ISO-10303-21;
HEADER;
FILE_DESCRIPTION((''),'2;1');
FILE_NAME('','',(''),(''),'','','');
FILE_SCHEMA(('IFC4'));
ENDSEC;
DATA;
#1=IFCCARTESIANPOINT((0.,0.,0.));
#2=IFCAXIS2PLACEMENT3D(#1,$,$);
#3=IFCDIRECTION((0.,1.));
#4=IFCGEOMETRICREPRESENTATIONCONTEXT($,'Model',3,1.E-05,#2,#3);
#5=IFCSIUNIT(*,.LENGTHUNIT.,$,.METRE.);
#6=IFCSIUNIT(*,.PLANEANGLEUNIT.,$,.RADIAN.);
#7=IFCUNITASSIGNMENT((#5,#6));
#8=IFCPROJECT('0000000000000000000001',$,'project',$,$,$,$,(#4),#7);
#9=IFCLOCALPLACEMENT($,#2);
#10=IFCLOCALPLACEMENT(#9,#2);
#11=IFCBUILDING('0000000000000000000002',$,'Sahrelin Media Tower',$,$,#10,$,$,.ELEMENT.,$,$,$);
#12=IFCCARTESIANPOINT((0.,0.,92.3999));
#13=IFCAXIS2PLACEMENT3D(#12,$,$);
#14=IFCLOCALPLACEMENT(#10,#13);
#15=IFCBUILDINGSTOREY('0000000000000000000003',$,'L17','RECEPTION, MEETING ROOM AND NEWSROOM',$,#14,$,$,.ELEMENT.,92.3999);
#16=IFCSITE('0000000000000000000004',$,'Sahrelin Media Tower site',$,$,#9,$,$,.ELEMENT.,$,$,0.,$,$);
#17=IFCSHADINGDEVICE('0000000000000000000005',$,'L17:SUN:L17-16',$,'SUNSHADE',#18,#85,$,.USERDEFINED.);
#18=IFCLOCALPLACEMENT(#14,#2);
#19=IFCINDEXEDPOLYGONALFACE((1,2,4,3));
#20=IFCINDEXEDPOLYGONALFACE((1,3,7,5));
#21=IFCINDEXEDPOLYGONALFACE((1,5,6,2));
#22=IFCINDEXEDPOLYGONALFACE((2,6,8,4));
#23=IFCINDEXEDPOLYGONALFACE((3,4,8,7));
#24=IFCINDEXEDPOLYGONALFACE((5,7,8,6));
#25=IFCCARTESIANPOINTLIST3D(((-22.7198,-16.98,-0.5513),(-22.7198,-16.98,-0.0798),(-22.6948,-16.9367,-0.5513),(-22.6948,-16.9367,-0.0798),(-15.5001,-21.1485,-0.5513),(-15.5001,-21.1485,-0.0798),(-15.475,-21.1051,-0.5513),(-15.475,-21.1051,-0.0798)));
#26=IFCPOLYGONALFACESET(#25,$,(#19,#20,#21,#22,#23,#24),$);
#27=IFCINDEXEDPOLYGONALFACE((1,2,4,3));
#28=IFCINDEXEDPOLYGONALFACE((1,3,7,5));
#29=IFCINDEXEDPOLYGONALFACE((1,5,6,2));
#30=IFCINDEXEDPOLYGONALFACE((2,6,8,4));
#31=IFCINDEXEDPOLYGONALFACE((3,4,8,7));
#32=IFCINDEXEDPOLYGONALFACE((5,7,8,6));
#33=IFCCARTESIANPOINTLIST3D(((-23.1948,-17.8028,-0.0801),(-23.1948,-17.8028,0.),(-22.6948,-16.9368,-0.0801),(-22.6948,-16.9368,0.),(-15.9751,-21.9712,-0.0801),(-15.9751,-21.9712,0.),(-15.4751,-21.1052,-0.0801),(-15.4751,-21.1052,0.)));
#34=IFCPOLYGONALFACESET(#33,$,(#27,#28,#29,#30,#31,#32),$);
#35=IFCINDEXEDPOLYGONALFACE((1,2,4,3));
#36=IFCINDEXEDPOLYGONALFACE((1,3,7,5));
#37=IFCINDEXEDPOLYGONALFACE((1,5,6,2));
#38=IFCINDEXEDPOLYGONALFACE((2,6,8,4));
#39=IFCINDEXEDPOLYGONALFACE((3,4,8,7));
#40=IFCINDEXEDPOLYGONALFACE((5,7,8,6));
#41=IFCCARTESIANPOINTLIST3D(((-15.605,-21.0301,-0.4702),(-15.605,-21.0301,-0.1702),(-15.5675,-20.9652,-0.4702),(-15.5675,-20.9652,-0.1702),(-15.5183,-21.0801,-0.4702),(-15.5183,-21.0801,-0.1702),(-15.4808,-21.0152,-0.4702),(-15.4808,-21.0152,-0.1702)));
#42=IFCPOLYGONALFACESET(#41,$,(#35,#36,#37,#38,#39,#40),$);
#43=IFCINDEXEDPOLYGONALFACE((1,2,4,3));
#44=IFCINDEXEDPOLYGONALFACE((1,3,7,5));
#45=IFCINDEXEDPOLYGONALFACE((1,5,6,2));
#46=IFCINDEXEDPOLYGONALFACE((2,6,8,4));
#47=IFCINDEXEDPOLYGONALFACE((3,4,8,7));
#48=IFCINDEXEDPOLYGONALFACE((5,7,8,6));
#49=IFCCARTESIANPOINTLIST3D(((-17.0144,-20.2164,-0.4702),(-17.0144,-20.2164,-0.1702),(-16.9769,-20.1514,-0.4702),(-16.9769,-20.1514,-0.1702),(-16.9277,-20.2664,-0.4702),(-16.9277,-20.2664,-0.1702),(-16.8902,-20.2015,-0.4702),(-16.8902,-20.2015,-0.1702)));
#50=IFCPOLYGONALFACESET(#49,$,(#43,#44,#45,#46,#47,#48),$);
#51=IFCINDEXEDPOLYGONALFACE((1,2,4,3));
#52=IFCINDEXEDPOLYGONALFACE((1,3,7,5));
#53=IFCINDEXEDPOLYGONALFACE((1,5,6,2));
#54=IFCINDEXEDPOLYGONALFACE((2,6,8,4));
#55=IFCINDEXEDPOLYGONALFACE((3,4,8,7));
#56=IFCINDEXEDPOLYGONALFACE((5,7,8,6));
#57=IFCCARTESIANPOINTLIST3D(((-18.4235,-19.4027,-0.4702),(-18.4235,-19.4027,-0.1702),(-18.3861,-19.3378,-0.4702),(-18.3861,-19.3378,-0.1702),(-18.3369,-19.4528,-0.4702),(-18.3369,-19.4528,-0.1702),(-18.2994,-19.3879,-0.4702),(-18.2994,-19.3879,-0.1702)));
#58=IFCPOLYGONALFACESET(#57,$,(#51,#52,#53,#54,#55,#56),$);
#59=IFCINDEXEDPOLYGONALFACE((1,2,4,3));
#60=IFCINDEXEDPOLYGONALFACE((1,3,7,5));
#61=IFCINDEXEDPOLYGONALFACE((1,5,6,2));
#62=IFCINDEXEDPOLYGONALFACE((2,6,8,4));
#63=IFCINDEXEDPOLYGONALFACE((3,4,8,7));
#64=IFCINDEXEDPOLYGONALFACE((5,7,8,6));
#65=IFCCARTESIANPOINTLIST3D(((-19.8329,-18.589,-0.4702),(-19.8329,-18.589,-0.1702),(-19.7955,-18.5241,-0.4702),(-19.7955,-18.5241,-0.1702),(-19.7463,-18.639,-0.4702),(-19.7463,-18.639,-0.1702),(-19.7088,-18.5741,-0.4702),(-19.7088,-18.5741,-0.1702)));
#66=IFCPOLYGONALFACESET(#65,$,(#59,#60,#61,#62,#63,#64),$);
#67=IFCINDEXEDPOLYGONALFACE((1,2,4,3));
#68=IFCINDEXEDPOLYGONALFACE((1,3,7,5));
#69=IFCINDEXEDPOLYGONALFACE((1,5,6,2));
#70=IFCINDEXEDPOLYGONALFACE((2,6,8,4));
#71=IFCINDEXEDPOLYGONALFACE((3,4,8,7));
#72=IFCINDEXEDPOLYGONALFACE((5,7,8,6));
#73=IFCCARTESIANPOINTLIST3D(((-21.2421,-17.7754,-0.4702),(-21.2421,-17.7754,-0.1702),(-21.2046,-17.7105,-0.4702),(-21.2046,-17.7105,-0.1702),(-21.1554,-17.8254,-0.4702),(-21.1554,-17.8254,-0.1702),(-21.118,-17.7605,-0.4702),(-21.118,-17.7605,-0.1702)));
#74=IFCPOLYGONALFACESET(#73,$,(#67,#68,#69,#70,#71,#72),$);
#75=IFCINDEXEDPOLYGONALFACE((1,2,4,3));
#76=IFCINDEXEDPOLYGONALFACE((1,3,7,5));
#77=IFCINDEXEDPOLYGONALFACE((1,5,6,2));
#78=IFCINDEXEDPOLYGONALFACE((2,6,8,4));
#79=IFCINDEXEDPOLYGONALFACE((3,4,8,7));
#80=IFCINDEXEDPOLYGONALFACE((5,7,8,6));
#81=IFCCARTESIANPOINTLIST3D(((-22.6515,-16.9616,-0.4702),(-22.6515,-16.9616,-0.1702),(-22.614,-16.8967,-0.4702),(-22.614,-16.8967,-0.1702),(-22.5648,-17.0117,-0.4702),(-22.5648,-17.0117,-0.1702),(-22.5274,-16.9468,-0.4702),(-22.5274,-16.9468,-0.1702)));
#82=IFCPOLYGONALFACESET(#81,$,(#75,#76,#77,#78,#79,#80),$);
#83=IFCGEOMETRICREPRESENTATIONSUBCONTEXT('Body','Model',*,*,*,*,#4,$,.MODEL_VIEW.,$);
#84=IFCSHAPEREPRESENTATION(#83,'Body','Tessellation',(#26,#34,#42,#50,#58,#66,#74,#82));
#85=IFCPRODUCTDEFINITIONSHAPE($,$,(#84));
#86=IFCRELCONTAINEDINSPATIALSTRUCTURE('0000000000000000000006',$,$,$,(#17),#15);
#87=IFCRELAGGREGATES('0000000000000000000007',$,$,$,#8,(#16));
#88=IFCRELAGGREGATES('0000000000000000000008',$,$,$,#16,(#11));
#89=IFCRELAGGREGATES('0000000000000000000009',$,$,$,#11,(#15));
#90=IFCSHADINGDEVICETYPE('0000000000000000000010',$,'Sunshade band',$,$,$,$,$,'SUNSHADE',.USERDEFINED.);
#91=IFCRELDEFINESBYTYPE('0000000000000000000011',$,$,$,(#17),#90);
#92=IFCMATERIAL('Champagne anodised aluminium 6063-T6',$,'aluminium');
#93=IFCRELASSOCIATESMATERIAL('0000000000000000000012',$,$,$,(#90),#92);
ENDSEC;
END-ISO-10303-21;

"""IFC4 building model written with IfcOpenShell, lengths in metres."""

from ifc_helpers import new_model, si_unit, direction, frame, origin, origin_2d, place, context, subcontext, project, spatial, rectangle, extrude, material, type_object, element, save


model = new_model("IFC4")

# Units and contexts
model_context = context("Model", 3, precision=1e-05, world=origin(), true_north=direction((0.0, 1.0)))
body_context = subcontext(model_context, "Body", "Model", "MODEL_VIEW")
ifc_project = project(units=[si_unit("LENGTHUNIT", "METRE"), si_unit("PLANEANGLEUNIT", "RADIAN")], contexts=[model_context])

# Site, building, storey
site_placement = place(None, origin())
site = spatial("IfcSite", under=ifc_project, at=site_placement, Name="Sahrelin Media Tower site", CompositionType="ELEMENT", RefElevation=0.0)
building_placement = place(site_placement, origin())
building = spatial("IfcBuilding", under=site, at=building_placement, Name="Sahrelin Media Tower", CompositionType="ELEMENT")
storey_placement = place(building_placement, frame((0.0, 0.0, 92.3999)))
storey = spatial("IfcBuildingStorey", under=building, at=storey_placement, Name="L17", Description="RECEPTION, MEETING ROOM AND NEWSROOM", CompositionType="ELEMENT", Elevation=92.3999)

# Shared definitions
ifc_material_1 = material(Name="Champagne anodised aluminium 6063-T6", Category="aluminium")

# Shading device
placement_1 = place(storey_placement, frame((-19.075, -19.0037, 0.0), z_axis=(0.0, 0.0, 1.0), x_axis=(-0.866019, 0.500011, 0.0)))
shading_device_type_1 = type_object("IfcShadingDeviceType", Name="Sunshade band", ElementType="SUNSHADE", PredefinedType="USERDEFINED", material=ifc_material_1)
element("IfcShadingDevice", 1, at=placement_1, inside=storey, type_object=shading_device_type_1, Name="L17:SUN:L17-16", ObjectType="SUNSHADE", PredefinedType="USERDEFINED", context=body_context, shape_type="SweptSolid", body=[
    extrude(rectangle(XDim=8.3367, YDim=0.05, at=origin_2d()), frame((0.0, 0.0449, -0.5513)), (0.0, 0.0, 1.0), 0.4714),
    extrude(rectangle(XDim=8.3367, YDim=1.0, at=origin_2d()), frame((0.0, 0.52, -0.0801)), (0.0, 0.0, 1.0), 0.0801),
    extrude(rectangle(XDim=0.1001, YDim=0.075, at=origin_2d()), frame((-4.0684, -0.0176, -0.4702)), (0.0, 0.0, 1.0), 0.3),
    extrude(rectangle(XDim=0.1001, YDim=0.075, at=origin_2d()), frame((-2.4409, -0.0176, -0.4702)), (0.0, 0.0, 1.0), 0.3),
    extrude(rectangle(XDim=0.1001, YDim=0.075, at=origin_2d()), frame((-0.8137, -0.0176, -0.4702)), (0.0, 0.0, 1.0), 0.3),
    extrude(rectangle(XDim=0.1001, YDim=0.075, at=origin_2d()), frame((0.8137, -0.0176, -0.4702)), (0.0, 0.0, 1.0), 0.3),
    extrude(rectangle(XDim=0.1001, YDim=0.075, at=origin_2d()), frame((2.4409, -0.0176, -0.4702)), (0.0, 0.0, 1.0), 0.3),
    extrude(rectangle(XDim=0.1001, YDim=0.075, at=origin_2d()), frame((4.0684, -0.0176, -0.4702)), (0.0, 0.0, 1.0), 0.3),
])

save(model, "model.ifc")
